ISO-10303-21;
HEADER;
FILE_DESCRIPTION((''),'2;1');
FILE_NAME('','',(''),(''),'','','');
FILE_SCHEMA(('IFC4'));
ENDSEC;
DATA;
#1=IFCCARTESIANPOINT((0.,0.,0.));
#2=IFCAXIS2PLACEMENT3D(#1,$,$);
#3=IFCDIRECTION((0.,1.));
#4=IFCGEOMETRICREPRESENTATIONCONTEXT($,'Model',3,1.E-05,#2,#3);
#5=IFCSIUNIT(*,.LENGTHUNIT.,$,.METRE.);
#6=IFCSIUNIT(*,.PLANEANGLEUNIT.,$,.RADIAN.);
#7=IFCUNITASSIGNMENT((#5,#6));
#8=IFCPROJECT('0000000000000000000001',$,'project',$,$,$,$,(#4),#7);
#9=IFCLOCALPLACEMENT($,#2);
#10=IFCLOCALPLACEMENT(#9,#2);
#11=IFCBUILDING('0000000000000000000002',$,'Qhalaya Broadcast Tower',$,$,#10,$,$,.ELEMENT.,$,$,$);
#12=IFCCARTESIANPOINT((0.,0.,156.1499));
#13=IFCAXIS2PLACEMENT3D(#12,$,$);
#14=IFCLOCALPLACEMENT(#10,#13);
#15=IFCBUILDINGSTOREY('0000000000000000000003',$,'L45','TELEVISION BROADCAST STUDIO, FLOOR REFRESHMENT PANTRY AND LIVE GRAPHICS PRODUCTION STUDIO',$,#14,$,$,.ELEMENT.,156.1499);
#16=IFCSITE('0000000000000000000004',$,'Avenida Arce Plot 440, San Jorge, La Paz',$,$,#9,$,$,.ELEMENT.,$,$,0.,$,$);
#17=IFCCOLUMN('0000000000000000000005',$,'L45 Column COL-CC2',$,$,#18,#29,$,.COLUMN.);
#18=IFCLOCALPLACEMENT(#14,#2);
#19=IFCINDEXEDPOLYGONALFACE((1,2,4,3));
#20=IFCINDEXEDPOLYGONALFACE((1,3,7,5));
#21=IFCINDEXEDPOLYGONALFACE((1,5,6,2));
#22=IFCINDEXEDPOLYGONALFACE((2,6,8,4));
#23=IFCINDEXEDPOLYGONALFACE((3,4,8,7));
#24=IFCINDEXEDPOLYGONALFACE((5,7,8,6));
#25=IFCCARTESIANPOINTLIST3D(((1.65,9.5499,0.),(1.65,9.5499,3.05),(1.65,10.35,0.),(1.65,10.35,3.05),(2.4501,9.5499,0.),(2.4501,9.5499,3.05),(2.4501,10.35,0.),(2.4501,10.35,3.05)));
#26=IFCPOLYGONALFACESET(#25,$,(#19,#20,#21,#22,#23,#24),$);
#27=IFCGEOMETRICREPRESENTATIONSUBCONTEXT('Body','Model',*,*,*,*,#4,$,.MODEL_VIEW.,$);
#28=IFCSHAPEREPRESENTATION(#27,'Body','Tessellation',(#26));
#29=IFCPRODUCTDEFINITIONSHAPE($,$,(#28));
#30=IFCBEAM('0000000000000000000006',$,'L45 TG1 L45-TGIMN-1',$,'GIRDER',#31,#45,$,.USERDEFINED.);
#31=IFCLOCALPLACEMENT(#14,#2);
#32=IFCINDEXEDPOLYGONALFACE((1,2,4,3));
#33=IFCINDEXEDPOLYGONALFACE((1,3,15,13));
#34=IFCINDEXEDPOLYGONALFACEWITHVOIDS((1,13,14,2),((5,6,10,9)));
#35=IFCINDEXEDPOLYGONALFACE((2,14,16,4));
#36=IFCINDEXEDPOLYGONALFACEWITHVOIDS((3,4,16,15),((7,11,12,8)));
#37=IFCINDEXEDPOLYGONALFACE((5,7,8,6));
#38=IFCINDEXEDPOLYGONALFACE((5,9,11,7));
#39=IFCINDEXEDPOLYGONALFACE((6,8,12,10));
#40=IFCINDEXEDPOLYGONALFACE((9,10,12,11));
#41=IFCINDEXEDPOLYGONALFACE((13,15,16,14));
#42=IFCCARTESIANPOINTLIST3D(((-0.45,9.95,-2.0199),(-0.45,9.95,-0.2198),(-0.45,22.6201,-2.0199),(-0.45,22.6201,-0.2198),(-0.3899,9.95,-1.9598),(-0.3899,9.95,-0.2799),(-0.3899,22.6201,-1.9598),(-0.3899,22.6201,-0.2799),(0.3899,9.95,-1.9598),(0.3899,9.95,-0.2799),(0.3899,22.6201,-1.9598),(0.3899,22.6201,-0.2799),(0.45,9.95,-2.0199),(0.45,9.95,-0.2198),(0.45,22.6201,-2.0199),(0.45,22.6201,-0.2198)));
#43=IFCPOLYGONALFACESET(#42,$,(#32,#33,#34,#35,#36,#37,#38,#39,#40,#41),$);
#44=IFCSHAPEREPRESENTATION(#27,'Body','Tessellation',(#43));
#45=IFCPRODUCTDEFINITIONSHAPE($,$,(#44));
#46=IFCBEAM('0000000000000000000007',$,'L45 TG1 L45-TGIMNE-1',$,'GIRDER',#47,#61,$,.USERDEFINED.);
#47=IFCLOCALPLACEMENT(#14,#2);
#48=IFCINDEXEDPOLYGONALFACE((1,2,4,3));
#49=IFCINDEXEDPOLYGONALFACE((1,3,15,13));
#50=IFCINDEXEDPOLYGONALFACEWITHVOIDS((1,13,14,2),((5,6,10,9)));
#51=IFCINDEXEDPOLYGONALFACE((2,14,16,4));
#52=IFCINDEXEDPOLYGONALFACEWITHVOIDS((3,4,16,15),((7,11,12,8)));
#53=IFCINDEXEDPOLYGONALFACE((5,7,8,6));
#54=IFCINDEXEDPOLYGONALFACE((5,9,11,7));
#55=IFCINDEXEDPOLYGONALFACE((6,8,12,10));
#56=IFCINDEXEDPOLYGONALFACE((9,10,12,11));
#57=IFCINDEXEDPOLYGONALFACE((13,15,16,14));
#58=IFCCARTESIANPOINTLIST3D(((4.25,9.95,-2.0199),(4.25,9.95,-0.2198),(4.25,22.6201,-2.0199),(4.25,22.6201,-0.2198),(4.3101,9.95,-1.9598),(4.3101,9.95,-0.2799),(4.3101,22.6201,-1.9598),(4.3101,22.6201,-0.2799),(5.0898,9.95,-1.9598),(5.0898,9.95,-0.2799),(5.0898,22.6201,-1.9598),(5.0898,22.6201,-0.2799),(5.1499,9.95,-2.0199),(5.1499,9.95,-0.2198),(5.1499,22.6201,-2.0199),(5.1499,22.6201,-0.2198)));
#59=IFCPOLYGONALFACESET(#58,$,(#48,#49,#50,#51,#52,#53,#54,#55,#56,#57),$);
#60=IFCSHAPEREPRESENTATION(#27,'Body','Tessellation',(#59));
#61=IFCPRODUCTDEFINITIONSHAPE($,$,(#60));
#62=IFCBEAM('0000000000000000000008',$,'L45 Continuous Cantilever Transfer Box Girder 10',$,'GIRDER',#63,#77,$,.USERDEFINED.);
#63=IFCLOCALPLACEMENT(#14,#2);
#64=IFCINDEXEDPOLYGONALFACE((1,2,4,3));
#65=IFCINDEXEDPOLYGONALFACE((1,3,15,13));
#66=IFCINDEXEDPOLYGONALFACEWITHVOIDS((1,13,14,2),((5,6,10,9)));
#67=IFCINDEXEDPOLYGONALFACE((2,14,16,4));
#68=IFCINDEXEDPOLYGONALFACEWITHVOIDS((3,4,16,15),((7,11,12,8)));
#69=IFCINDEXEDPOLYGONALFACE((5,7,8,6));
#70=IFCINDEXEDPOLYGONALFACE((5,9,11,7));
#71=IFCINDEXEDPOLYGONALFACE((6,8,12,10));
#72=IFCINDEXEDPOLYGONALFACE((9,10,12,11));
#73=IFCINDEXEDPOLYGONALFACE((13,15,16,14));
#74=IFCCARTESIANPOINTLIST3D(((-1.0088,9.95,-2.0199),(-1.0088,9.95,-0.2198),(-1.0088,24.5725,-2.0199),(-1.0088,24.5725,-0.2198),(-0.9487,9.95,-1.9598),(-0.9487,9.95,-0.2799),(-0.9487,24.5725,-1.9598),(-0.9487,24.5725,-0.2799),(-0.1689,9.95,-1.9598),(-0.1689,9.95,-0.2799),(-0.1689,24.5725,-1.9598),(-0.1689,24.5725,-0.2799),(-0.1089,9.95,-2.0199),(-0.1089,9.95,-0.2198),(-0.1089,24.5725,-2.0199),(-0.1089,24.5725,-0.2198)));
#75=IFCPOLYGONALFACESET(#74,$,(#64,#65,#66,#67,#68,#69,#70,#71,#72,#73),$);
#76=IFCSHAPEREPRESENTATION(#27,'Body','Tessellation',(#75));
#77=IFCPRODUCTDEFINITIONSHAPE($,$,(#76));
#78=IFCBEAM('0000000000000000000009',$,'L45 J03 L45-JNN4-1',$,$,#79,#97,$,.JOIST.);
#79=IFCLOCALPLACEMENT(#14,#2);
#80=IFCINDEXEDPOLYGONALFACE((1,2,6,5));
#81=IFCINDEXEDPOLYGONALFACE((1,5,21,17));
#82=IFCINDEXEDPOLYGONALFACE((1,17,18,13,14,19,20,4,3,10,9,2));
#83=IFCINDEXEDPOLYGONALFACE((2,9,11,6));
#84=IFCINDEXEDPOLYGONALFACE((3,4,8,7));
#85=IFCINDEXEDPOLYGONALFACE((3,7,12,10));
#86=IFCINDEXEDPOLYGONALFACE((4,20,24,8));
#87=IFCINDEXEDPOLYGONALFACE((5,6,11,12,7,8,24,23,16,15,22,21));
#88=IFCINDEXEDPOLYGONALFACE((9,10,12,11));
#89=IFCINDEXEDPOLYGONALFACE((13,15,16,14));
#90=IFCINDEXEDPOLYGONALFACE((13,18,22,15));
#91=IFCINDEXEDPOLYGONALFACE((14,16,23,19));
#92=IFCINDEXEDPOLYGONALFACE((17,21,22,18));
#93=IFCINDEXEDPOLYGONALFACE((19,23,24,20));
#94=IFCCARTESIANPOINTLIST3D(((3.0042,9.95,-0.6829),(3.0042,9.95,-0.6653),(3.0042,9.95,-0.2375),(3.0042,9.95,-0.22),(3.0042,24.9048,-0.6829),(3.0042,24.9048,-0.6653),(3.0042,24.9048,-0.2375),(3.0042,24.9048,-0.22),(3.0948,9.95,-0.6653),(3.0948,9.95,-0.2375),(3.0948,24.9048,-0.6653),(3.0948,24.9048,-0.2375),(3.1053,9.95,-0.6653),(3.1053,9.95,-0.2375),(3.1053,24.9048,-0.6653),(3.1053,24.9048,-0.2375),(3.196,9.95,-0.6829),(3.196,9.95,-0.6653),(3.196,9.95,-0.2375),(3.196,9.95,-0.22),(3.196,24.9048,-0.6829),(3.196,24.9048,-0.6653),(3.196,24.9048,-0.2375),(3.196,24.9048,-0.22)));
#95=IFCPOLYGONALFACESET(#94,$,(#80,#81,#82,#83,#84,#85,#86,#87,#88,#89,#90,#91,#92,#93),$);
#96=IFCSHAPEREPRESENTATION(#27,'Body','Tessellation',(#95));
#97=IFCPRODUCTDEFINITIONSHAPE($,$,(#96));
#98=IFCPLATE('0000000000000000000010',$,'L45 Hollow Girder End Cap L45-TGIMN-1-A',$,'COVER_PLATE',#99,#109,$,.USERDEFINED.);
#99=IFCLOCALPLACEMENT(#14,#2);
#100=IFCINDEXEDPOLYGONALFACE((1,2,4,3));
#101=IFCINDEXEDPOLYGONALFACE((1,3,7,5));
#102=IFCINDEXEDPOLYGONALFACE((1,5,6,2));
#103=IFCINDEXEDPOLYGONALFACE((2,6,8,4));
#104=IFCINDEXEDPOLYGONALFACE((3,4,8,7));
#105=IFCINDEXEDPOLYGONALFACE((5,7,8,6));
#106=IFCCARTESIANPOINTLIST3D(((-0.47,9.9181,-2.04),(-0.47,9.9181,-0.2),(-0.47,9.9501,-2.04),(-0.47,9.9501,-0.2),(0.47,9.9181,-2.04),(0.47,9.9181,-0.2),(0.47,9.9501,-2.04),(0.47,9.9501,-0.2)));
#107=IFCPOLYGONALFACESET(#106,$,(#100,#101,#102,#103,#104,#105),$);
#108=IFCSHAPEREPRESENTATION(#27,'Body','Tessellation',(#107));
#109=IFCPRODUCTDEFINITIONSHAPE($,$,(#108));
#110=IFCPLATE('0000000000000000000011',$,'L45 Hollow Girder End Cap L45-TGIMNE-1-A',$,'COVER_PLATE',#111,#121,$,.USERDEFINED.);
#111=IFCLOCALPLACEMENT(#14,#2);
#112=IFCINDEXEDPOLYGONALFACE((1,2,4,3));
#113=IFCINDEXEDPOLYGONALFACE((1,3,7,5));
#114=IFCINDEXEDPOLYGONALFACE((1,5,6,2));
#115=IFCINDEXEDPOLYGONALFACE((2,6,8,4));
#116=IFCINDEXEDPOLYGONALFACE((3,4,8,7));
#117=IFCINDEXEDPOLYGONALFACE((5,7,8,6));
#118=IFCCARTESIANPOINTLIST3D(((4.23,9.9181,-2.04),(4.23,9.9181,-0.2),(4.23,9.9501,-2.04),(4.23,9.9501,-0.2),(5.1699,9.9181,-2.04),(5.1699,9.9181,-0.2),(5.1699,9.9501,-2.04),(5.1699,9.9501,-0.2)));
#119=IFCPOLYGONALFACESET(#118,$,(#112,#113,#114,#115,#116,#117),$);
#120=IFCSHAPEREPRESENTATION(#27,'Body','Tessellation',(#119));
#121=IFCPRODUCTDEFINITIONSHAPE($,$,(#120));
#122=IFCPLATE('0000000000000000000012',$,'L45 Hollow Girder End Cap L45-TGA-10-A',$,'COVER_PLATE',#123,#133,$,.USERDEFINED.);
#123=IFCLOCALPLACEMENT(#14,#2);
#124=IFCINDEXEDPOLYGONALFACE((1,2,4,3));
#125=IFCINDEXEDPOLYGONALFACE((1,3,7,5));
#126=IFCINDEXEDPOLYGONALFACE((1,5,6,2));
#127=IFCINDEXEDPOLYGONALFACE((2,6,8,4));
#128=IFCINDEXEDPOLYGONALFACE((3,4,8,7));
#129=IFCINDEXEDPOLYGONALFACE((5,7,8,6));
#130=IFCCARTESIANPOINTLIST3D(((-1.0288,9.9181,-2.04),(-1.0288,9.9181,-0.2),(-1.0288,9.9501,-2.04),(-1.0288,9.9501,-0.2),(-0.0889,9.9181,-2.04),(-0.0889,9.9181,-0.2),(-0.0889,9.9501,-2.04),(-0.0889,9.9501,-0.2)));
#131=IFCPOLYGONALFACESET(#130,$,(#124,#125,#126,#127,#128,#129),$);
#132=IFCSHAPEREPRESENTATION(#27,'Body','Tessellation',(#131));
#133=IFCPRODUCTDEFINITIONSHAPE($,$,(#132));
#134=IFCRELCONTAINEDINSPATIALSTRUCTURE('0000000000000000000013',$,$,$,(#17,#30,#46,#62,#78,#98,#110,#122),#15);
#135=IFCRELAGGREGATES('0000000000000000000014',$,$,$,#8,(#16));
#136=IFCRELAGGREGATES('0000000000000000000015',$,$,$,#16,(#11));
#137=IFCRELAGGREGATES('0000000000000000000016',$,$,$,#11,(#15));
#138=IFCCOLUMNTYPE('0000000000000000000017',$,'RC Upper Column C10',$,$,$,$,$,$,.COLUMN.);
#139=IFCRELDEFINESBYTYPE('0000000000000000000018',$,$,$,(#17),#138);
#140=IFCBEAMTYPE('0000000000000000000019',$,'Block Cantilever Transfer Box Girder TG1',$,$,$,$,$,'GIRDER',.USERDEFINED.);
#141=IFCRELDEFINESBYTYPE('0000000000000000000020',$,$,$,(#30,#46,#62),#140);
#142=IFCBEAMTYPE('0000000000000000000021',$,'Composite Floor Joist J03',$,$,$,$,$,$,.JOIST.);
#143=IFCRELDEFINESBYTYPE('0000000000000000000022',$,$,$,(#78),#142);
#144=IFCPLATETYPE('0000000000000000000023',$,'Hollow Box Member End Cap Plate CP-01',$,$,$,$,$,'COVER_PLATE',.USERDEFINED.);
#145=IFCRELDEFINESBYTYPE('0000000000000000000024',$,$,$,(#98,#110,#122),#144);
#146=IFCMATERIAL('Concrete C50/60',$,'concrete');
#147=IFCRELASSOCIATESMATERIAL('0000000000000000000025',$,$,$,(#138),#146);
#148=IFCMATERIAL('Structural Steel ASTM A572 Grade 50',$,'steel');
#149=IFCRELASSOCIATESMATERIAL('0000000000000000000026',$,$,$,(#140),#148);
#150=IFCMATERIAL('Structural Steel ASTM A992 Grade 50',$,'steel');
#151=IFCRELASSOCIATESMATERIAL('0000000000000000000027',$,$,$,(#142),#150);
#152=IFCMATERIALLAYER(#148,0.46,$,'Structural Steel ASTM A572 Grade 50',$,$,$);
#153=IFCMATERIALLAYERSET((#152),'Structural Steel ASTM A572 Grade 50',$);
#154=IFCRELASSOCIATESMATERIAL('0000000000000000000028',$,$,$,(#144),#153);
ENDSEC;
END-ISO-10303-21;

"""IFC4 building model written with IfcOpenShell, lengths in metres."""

from ifc_helpers import new_model, si_unit, direction, frame, origin, origin_2d, place, context, subcontext, project, spatial, rectangle, hollow_rectangle, i_section, extrude, material, layer, layer_set, material_profile, profile_set, type_object, element, save


model = new_model("IFC4")

# Units and contexts
model_context = context("Model", 3, precision=1e-05, world=origin(), true_north=direction((0.0, 1.0)))
body_context = subcontext(model_context, "Body", "Model", "MODEL_VIEW")
ifc_project = project(units=[si_unit("LENGTHUNIT", "METRE"), si_unit("PLANEANGLEUNIT", "RADIAN")], contexts=[model_context])

# Site, building, storey
site_placement = place(None, origin())
site = spatial("IfcSite", under=ifc_project, at=site_placement, Name="Avenida Arce Plot 440, San Jorge, La Paz", CompositionType="ELEMENT", RefElevation=0.0)
building_placement = place(site_placement, origin())
building = spatial("IfcBuilding", under=site, at=building_placement, Name="Qhalaya Broadcast Tower", CompositionType="ELEMENT")
storey_placement = place(building_placement, frame((0.0, 0.0, 156.1499)))
storey = spatial("IfcBuildingStorey", under=building, at=storey_placement, Name="L45", Description="TELEVISION BROADCAST STUDIO, FLOOR REFRESHMENT PANTRY AND LIVE GRAPHICS PRODUCTION STUDIO", CompositionType="ELEMENT", Elevation=156.1499)

# Column
ifc_material_1 = material(Name="Concrete C50/60", Category="concrete")
ifc_material_profile_1 = material_profile(ifc_material_1, rectangle(XDim=0.8, YDim=0.8, at=origin_2d()), Name="RC-COL 800x800")
ifc_profile_set_1 = profile_set([ifc_material_profile_1], Name="Concrete C50/60")
column_type = type_object("IfcColumnType", Name="RC Upper Column C10", PredefinedType="COLUMN", material=ifc_profile_set_1)
column_placement = place(storey_placement, frame((2.05, 9.95, 0.0), z_axis=(0.0, 0.0, 1.0), x_axis=(1.0, 0.0, 0.0)))
element("IfcColumn", 1, at=column_placement, inside=storey, type_object=column_type, Name="L45 Column COL-CC2", PredefinedType="COLUMN", context=body_context, shape_type="SweptSolid", body=[
    extrude(rectangle(XDim=0.8, YDim=0.8, at=origin_2d()), origin(), (0.0, 0.0, 1.0), 3.05),
])

# Beams
ifc_material_2 = material(Name="Structural Steel ASTM A572 Grade 50", Category="steel")
ifc_material_profile_2 = material_profile(ifc_material_2, hollow_rectangle(XDim=0.8999, YDim=1.8, WallThickness=0.0601, at=origin_2d()), Name="BOX 900x1800x60")
ifc_profile_set_2 = profile_set([ifc_material_profile_2], Name="Structural Steel ASTM A572 Grade 50")
beam_type_1 = type_object("IfcBeamType", Name="Block Cantilever Transfer Box Girder TG1", ElementType="GIRDER", PredefinedType="USERDEFINED", material=ifc_profile_set_2)
for number, where, z_axis, x_axis, name in (
    (2, (0.0, 9.95, -1.1199), (0.0, 1.0, 0.0), (-1.0, 0.0, 0.0), "L45 TG1 L45-TGIMN-1"),
    (3, (4.7, 9.95, -1.1199), (0.0, 1.0, 0.0), (-1.0, 0.0, 0.0), "L45 TG1 L45-TGIMNE-1"),
):
    element("IfcBeam", number, at=place(storey_placement, frame(where, z_axis=z_axis, x_axis=x_axis)), inside=storey, type_object=beam_type_1, Name=name, ObjectType="GIRDER", PredefinedType="USERDEFINED", context=body_context, shape_type="SweptSolid", body=[
        extrude(hollow_rectangle(XDim=0.8999, YDim=1.8, WallThickness=0.0601, at=origin_2d()), origin(), (0.0, 0.0, 1.0), 12.6702),
    ])
beam_1_placement = place(storey_placement, frame((-0.5588, 9.95, -1.1199), z_axis=(0.0, 1.0, 0.0), x_axis=(-1.0, 0.0, 0.0)))
element("IfcBeam", 4, at=beam_1_placement, inside=storey, type_object=beam_type_1, Name="L45 Continuous Cantilever Transfer Box Girder 10", ObjectType="GIRDER", PredefinedType="USERDEFINED", context=body_context, shape_type="SweptSolid", body=[
    extrude(hollow_rectangle(XDim=0.8999, YDim=1.8, WallThickness=0.0601, at=origin_2d()), origin(), (0.0, 0.0, 1.0), 14.6226),
])
ifc_material_3 = material(Name="Structural Steel ASTM A992 Grade 50", Category="steel")
ifc_material_profile_3 = material_profile(ifc_material_3, i_section(OverallWidth=0.1919, OverallDepth=0.4629, WebThickness=0.0105, FlangeThickness=0.0176, at=origin_2d()), Name="W18X60")
ifc_profile_set_3 = profile_set([ifc_material_profile_3], Name="Structural Steel ASTM A992 Grade 50")
beam_type_2 = type_object("IfcBeamType", Name="Composite Floor Joist J03", PredefinedType="JOIST", material=ifc_profile_set_3)
beam_2_placement = place(storey_placement, frame((3.1001, 9.95, -0.4514), z_axis=(0.0, 1.0, 0.0), x_axis=(-1.0, 0.0, 0.0)))
element("IfcBeam", 5, at=beam_2_placement, inside=storey, type_object=beam_type_2, Name="L45 J03 L45-JNN4-1", PredefinedType="JOIST", context=body_context, shape_type="SweptSolid", body=[
    extrude(i_section(OverallWidth=0.1919, OverallDepth=0.4629, WebThickness=0.0105, FlangeThickness=0.0176, at=origin_2d()), origin(), (0.0, 0.0, 1.0), 14.9548),
])

# Plates
ifc_layer_1 = layer(ifc_material_2, 0.46, Name="Structural Steel ASTM A572 Grade 50")
ifc_layer_set_1 = layer_set([ifc_layer_1], Name="Structural Steel ASTM A572 Grade 50")
plate_type = type_object("IfcPlateType", Name="Hollow Box Member End Cap Plate CP-01", ElementType="COVER_PLATE", PredefinedType="USERDEFINED", material=ifc_layer_set_1)
for number, where, z_axis, x_axis, name in (
    (6, (0.0, 9.9341, -2.04), (0.0, 0.0, 1.0), (-1.0, 0.0, 0.0), "L45 Hollow Girder End Cap L45-TGIMN-1-A"),
    (7, (4.7, 9.9341, -2.04), (0.0, 0.0, 1.0), (-1.0, 0.0, 0.0), "L45 Hollow Girder End Cap L45-TGIMNE-1-A"),
    (8, (-0.5588, 9.9341, -2.04), (0.0, 0.0, 1.0), (-1.0, 0.0, 0.0), "L45 Hollow Girder End Cap L45-TGA-10-A"),
):
    element("IfcPlate", number, at=place(storey_placement, frame(where, z_axis=z_axis, x_axis=x_axis)), inside=storey, type_object=plate_type, Name=name, ObjectType="COVER_PLATE", PredefinedType="USERDEFINED", context=body_context, shape_type="SweptSolid", body=[
        extrude(rectangle(XDim=0.9399, YDim=0.032, at=origin_2d()), origin(), (0.0, 0.0, 1.0), 1.8401),
    ])

save(model, "model.ifc")
